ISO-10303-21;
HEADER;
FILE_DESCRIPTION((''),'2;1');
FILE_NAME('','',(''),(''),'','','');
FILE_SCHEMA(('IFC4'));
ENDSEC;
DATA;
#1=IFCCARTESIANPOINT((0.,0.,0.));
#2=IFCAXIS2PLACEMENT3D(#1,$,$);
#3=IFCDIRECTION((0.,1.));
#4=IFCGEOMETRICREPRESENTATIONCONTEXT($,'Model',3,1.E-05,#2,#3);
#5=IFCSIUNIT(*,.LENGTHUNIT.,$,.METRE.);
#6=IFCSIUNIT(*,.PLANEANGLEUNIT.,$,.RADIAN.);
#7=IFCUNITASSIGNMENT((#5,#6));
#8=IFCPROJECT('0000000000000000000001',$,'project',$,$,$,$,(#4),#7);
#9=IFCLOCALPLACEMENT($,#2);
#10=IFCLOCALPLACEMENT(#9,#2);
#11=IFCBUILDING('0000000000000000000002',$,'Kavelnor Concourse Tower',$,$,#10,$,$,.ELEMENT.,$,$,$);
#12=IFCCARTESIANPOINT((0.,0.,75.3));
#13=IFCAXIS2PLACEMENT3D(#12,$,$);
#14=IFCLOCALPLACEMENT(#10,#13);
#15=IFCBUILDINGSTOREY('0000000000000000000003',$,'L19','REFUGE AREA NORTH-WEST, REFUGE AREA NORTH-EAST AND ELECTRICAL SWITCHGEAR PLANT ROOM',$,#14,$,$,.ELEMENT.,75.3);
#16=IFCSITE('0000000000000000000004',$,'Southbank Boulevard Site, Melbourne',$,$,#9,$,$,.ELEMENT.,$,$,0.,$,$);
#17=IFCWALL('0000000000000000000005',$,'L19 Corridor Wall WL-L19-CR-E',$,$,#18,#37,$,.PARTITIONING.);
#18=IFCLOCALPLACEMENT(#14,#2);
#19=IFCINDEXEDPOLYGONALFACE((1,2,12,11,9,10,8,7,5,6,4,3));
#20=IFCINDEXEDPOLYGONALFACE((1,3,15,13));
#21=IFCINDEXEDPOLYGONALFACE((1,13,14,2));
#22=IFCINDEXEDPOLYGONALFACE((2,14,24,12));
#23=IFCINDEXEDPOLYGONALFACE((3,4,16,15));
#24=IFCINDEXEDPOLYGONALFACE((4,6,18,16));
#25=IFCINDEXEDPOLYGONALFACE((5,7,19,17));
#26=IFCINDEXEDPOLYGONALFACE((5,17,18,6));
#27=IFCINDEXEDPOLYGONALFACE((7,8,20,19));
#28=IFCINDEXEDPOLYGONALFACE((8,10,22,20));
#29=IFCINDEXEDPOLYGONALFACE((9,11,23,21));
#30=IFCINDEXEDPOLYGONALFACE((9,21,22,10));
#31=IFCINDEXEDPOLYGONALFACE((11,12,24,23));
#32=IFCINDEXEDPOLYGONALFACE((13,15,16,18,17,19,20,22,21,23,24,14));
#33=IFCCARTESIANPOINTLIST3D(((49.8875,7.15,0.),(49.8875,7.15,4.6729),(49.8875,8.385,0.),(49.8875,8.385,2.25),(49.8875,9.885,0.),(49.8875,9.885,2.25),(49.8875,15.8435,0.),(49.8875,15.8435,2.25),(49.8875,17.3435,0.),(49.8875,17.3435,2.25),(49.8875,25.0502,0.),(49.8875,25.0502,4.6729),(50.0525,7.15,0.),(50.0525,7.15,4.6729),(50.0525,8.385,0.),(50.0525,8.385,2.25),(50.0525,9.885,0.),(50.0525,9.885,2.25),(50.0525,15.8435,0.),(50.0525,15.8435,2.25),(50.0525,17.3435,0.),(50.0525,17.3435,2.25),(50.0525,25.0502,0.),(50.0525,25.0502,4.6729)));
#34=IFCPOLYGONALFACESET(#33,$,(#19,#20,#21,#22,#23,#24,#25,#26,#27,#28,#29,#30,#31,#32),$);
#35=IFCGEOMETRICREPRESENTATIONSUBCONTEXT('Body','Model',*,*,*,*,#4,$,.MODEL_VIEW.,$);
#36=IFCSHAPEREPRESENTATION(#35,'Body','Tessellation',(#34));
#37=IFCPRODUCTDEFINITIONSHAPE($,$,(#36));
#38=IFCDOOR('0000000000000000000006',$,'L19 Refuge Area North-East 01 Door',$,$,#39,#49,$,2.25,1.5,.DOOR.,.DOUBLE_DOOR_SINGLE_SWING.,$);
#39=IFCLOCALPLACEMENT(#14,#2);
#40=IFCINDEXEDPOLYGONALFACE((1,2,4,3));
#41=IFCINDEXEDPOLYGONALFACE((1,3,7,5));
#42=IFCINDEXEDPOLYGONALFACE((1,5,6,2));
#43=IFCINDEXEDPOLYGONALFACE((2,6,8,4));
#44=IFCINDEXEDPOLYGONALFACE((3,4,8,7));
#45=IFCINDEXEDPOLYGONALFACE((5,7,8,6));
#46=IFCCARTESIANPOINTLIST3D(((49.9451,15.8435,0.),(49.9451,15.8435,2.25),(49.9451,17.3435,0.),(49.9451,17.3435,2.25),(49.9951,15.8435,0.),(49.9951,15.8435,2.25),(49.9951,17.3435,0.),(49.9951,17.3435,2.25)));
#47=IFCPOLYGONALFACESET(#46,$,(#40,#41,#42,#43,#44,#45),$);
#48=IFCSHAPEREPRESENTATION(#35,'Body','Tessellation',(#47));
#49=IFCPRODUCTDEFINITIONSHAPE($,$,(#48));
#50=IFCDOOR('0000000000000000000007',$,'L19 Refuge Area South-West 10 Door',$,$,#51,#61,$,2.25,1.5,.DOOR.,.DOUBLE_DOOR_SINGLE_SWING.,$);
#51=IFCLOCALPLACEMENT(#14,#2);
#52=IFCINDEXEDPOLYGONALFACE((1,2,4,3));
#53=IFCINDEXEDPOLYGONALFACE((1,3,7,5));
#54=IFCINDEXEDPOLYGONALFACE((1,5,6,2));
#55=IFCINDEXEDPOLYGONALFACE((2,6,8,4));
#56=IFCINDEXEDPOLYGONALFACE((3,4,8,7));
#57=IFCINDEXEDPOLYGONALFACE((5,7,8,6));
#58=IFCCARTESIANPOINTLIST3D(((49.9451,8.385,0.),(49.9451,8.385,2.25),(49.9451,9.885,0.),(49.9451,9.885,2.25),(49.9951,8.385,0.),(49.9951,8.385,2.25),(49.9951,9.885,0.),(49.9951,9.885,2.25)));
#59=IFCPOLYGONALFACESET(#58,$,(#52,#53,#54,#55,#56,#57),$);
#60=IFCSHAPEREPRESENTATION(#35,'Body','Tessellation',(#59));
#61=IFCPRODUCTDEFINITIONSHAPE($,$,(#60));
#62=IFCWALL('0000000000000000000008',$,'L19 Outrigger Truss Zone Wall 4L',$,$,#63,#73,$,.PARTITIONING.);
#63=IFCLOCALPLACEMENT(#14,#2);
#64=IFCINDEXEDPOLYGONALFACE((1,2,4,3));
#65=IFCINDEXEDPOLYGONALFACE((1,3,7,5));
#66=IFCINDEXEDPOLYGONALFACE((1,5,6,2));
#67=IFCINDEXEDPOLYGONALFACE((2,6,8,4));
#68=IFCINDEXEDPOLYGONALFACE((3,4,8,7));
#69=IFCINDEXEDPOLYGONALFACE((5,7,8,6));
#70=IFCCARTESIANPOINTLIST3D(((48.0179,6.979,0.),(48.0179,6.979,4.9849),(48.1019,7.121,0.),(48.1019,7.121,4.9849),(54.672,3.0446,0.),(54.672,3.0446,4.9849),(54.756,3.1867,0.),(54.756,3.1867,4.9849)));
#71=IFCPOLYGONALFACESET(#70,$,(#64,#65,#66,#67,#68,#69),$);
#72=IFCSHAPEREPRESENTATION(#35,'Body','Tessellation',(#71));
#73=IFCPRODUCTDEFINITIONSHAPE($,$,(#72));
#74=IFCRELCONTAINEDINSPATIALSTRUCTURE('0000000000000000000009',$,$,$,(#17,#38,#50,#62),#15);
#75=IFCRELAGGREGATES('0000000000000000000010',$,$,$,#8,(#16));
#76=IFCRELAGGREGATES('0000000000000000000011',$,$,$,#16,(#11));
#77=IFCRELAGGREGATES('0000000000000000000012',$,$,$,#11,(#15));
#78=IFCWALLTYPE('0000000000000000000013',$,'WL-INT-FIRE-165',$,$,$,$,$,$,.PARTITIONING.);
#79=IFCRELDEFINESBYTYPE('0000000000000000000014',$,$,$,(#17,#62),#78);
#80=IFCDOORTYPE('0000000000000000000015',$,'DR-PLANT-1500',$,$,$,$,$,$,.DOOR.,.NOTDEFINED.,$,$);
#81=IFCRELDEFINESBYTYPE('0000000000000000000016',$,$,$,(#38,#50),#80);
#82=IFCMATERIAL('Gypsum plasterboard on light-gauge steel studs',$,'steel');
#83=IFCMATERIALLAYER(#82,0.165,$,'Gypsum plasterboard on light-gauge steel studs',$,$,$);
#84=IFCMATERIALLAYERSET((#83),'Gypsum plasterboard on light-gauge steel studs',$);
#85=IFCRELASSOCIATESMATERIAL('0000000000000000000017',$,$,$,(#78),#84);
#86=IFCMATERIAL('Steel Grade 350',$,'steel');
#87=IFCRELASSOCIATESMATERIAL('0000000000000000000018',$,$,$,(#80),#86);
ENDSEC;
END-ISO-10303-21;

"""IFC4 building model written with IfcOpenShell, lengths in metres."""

from ifc_helpers import new_model, si_unit, direction, frame, frame_2d, origin, place, context, subcontext, project, spatial, rectangle, extrude, material, layer, layer_set, type_object, element, fill, save


model = new_model("IFC4")

# Units and contexts
model_context = context("Model", 3, precision=1e-05, world=origin(), true_north=direction((0.0, 1.0)))
body_context = subcontext(model_context, "Body", "Model", "MODEL_VIEW")
ifc_project = project(units=[si_unit("LENGTHUNIT", "METRE"), si_unit("PLANEANGLEUNIT", "RADIAN")], contexts=[model_context])

# Site, building, storey
site_placement = place(None, origin())
site = spatial("IfcSite", under=ifc_project, at=site_placement, Name="Southbank Boulevard Site, Melbourne", CompositionType="ELEMENT", RefElevation=0.0)
building_placement = place(site_placement, origin())
building = spatial("IfcBuilding", under=site, at=building_placement, Name="Kavelnor Concourse Tower", CompositionType="ELEMENT")
storey_placement = place(building_placement, frame((0.0, 0.0, 75.3)))
storey = spatial("IfcBuildingStorey", under=building, at=storey_placement, Name="L19", Description="REFUGE AREA NORTH-WEST, REFUGE AREA NORTH-EAST AND ELECTRICAL SWITCHGEAR PLANT ROOM", CompositionType="ELEMENT", Elevation=75.3)

# Shared definitions
ifc_material_1 = material(Name="Steel Grade 350", Category="steel")

# Wall, openings, doors
ifc_material_2 = material(Name="Gypsum plasterboard on light-gauge steel studs", Category="steel")
ifc_layer_1 = layer(ifc_material_2, 0.165, Name="Gypsum plasterboard on light-gauge steel studs")
ifc_layer_set_1 = layer_set([ifc_layer_1], Name="Gypsum plasterboard on light-gauge steel studs")
wall_type_1 = type_object("IfcWallType", Name="WL-INT-FIRE-165", PredefinedType="PARTITIONING", material=ifc_layer_set_1)
wall_1_placement = place(storey_placement, frame((49.97, 7.1499, 0.0), z_axis=(0.0, 0.0, 1.0), x_axis=(0.0, 1.0, 0.0)))
wall_1 = element("IfcWall", 1, at=wall_1_placement, inside=storey, type_object=wall_type_1, Name="L19 Corridor Wall WL-L19-CR-E", PredefinedType="PARTITIONING", context=body_context, shape_type="SweptSolid", body=[
    extrude(rectangle(XDim=17.9001, YDim=0.165, at=frame_2d((8.9502, 0.0))), origin(), (0.0, 0.0, 1.0), 4.6729),
])
opening_1_placement = place(wall_1_placement, frame((8.6936, 0.0, 0.0)))
opening_1 = element("IfcOpeningElement", 2, at=opening_1_placement, cuts=wall_1, PredefinedType="OPENING", context=body_context, shape_type="SweptSolid", body=[
    extrude(rectangle(XDim=1.5, YDim=2.25, at=frame_2d((0.75, 1.125))), frame((0.0, 0.0925, 0.0), z_axis=(0.0, -1.0, 0.0), x_axis=(1.0, 0.0, 0.0)), (0.0, 0.0, 1.0), 0.1851),
])
opening_2_placement = place(wall_1_placement, frame((1.2351, 0.0, 0.0)))
opening_2 = element("IfcOpeningElement", 3, at=opening_2_placement, cuts=wall_1, PredefinedType="OPENING", context=body_context, shape_type="SweptSolid", body=[
    extrude(rectangle(XDim=1.5, YDim=2.25, at=frame_2d((0.75, 1.125))), frame((0.0, 0.0925, 0.0), z_axis=(0.0, -1.0, 0.0), x_axis=(1.0, 0.0, 0.0)), (0.0, 0.0, 1.0), 0.1851),
])
door_type_1 = type_object("IfcDoorType", Name="DR-PLANT-1500", OperationType="NOTDEFINED", PredefinedType="DOOR", material=ifc_material_1)
door_1_placement = place(opening_1_placement, origin())
door_1 = element("IfcDoor", 4, at=door_1_placement, inside=storey, type_object=door_type_1, Name="L19 Refuge Area North-East 01 Door", OperationType="DOUBLE_DOOR_SINGLE_SWING", OverallHeight=2.25, OverallWidth=1.5, PredefinedType="DOOR", context=body_context, shape_type="SweptSolid", body=[
    extrude(rectangle(XDim=1.5, YDim=2.25, at=frame_2d((0.75, 1.125))), frame((0.0, 0.0249, 0.0), z_axis=(0.0, -1.0, 0.0), x_axis=(1.0, 0.0, 0.0)), (0.0, 0.0, 1.0), 0.05),
])
fill(opening_1, door_1)
door_2_placement = place(opening_2_placement, origin())
door_2 = element("IfcDoor", 5, at=door_2_placement, inside=storey, type_object=door_type_1, Name="L19 Refuge Area South-West 10 Door", OperationType="DOUBLE_DOOR_SINGLE_SWING", OverallHeight=2.25, OverallWidth=1.5, PredefinedType="DOOR", context=body_context, shape_type="SweptSolid", body=[
    extrude(rectangle(XDim=1.5, YDim=2.25, at=frame_2d((0.75, 1.125))), frame((0.0, 0.0249, 0.0), z_axis=(0.0, -1.0, 0.0), x_axis=(1.0, 0.0, 0.0)), (0.0, 0.0, 1.0), 0.05),
])
fill(opening_2, door_2)

# Wall
wall_2_placement = place(storey_placement, frame((48.0598, 7.05, 0.0), z_axis=(0.0, 0.0, 1.0), x_axis=(0.860791, -0.508958, 0.0)))
element("IfcWall", 6, at=wall_2_placement, inside=storey, type_object=wall_type_1, Name="L19 Outrigger Truss Zone Wall 4L", PredefinedType="PARTITIONING", context=body_context, shape_type="SweptSolid", body=[
    extrude(rectangle(XDim=7.7302, YDim=0.165, at=frame_2d((3.8652, 0.0))), origin(), (0.0, 0.0, 1.0), 4.9849),
])

save(model, "model.ifc")
